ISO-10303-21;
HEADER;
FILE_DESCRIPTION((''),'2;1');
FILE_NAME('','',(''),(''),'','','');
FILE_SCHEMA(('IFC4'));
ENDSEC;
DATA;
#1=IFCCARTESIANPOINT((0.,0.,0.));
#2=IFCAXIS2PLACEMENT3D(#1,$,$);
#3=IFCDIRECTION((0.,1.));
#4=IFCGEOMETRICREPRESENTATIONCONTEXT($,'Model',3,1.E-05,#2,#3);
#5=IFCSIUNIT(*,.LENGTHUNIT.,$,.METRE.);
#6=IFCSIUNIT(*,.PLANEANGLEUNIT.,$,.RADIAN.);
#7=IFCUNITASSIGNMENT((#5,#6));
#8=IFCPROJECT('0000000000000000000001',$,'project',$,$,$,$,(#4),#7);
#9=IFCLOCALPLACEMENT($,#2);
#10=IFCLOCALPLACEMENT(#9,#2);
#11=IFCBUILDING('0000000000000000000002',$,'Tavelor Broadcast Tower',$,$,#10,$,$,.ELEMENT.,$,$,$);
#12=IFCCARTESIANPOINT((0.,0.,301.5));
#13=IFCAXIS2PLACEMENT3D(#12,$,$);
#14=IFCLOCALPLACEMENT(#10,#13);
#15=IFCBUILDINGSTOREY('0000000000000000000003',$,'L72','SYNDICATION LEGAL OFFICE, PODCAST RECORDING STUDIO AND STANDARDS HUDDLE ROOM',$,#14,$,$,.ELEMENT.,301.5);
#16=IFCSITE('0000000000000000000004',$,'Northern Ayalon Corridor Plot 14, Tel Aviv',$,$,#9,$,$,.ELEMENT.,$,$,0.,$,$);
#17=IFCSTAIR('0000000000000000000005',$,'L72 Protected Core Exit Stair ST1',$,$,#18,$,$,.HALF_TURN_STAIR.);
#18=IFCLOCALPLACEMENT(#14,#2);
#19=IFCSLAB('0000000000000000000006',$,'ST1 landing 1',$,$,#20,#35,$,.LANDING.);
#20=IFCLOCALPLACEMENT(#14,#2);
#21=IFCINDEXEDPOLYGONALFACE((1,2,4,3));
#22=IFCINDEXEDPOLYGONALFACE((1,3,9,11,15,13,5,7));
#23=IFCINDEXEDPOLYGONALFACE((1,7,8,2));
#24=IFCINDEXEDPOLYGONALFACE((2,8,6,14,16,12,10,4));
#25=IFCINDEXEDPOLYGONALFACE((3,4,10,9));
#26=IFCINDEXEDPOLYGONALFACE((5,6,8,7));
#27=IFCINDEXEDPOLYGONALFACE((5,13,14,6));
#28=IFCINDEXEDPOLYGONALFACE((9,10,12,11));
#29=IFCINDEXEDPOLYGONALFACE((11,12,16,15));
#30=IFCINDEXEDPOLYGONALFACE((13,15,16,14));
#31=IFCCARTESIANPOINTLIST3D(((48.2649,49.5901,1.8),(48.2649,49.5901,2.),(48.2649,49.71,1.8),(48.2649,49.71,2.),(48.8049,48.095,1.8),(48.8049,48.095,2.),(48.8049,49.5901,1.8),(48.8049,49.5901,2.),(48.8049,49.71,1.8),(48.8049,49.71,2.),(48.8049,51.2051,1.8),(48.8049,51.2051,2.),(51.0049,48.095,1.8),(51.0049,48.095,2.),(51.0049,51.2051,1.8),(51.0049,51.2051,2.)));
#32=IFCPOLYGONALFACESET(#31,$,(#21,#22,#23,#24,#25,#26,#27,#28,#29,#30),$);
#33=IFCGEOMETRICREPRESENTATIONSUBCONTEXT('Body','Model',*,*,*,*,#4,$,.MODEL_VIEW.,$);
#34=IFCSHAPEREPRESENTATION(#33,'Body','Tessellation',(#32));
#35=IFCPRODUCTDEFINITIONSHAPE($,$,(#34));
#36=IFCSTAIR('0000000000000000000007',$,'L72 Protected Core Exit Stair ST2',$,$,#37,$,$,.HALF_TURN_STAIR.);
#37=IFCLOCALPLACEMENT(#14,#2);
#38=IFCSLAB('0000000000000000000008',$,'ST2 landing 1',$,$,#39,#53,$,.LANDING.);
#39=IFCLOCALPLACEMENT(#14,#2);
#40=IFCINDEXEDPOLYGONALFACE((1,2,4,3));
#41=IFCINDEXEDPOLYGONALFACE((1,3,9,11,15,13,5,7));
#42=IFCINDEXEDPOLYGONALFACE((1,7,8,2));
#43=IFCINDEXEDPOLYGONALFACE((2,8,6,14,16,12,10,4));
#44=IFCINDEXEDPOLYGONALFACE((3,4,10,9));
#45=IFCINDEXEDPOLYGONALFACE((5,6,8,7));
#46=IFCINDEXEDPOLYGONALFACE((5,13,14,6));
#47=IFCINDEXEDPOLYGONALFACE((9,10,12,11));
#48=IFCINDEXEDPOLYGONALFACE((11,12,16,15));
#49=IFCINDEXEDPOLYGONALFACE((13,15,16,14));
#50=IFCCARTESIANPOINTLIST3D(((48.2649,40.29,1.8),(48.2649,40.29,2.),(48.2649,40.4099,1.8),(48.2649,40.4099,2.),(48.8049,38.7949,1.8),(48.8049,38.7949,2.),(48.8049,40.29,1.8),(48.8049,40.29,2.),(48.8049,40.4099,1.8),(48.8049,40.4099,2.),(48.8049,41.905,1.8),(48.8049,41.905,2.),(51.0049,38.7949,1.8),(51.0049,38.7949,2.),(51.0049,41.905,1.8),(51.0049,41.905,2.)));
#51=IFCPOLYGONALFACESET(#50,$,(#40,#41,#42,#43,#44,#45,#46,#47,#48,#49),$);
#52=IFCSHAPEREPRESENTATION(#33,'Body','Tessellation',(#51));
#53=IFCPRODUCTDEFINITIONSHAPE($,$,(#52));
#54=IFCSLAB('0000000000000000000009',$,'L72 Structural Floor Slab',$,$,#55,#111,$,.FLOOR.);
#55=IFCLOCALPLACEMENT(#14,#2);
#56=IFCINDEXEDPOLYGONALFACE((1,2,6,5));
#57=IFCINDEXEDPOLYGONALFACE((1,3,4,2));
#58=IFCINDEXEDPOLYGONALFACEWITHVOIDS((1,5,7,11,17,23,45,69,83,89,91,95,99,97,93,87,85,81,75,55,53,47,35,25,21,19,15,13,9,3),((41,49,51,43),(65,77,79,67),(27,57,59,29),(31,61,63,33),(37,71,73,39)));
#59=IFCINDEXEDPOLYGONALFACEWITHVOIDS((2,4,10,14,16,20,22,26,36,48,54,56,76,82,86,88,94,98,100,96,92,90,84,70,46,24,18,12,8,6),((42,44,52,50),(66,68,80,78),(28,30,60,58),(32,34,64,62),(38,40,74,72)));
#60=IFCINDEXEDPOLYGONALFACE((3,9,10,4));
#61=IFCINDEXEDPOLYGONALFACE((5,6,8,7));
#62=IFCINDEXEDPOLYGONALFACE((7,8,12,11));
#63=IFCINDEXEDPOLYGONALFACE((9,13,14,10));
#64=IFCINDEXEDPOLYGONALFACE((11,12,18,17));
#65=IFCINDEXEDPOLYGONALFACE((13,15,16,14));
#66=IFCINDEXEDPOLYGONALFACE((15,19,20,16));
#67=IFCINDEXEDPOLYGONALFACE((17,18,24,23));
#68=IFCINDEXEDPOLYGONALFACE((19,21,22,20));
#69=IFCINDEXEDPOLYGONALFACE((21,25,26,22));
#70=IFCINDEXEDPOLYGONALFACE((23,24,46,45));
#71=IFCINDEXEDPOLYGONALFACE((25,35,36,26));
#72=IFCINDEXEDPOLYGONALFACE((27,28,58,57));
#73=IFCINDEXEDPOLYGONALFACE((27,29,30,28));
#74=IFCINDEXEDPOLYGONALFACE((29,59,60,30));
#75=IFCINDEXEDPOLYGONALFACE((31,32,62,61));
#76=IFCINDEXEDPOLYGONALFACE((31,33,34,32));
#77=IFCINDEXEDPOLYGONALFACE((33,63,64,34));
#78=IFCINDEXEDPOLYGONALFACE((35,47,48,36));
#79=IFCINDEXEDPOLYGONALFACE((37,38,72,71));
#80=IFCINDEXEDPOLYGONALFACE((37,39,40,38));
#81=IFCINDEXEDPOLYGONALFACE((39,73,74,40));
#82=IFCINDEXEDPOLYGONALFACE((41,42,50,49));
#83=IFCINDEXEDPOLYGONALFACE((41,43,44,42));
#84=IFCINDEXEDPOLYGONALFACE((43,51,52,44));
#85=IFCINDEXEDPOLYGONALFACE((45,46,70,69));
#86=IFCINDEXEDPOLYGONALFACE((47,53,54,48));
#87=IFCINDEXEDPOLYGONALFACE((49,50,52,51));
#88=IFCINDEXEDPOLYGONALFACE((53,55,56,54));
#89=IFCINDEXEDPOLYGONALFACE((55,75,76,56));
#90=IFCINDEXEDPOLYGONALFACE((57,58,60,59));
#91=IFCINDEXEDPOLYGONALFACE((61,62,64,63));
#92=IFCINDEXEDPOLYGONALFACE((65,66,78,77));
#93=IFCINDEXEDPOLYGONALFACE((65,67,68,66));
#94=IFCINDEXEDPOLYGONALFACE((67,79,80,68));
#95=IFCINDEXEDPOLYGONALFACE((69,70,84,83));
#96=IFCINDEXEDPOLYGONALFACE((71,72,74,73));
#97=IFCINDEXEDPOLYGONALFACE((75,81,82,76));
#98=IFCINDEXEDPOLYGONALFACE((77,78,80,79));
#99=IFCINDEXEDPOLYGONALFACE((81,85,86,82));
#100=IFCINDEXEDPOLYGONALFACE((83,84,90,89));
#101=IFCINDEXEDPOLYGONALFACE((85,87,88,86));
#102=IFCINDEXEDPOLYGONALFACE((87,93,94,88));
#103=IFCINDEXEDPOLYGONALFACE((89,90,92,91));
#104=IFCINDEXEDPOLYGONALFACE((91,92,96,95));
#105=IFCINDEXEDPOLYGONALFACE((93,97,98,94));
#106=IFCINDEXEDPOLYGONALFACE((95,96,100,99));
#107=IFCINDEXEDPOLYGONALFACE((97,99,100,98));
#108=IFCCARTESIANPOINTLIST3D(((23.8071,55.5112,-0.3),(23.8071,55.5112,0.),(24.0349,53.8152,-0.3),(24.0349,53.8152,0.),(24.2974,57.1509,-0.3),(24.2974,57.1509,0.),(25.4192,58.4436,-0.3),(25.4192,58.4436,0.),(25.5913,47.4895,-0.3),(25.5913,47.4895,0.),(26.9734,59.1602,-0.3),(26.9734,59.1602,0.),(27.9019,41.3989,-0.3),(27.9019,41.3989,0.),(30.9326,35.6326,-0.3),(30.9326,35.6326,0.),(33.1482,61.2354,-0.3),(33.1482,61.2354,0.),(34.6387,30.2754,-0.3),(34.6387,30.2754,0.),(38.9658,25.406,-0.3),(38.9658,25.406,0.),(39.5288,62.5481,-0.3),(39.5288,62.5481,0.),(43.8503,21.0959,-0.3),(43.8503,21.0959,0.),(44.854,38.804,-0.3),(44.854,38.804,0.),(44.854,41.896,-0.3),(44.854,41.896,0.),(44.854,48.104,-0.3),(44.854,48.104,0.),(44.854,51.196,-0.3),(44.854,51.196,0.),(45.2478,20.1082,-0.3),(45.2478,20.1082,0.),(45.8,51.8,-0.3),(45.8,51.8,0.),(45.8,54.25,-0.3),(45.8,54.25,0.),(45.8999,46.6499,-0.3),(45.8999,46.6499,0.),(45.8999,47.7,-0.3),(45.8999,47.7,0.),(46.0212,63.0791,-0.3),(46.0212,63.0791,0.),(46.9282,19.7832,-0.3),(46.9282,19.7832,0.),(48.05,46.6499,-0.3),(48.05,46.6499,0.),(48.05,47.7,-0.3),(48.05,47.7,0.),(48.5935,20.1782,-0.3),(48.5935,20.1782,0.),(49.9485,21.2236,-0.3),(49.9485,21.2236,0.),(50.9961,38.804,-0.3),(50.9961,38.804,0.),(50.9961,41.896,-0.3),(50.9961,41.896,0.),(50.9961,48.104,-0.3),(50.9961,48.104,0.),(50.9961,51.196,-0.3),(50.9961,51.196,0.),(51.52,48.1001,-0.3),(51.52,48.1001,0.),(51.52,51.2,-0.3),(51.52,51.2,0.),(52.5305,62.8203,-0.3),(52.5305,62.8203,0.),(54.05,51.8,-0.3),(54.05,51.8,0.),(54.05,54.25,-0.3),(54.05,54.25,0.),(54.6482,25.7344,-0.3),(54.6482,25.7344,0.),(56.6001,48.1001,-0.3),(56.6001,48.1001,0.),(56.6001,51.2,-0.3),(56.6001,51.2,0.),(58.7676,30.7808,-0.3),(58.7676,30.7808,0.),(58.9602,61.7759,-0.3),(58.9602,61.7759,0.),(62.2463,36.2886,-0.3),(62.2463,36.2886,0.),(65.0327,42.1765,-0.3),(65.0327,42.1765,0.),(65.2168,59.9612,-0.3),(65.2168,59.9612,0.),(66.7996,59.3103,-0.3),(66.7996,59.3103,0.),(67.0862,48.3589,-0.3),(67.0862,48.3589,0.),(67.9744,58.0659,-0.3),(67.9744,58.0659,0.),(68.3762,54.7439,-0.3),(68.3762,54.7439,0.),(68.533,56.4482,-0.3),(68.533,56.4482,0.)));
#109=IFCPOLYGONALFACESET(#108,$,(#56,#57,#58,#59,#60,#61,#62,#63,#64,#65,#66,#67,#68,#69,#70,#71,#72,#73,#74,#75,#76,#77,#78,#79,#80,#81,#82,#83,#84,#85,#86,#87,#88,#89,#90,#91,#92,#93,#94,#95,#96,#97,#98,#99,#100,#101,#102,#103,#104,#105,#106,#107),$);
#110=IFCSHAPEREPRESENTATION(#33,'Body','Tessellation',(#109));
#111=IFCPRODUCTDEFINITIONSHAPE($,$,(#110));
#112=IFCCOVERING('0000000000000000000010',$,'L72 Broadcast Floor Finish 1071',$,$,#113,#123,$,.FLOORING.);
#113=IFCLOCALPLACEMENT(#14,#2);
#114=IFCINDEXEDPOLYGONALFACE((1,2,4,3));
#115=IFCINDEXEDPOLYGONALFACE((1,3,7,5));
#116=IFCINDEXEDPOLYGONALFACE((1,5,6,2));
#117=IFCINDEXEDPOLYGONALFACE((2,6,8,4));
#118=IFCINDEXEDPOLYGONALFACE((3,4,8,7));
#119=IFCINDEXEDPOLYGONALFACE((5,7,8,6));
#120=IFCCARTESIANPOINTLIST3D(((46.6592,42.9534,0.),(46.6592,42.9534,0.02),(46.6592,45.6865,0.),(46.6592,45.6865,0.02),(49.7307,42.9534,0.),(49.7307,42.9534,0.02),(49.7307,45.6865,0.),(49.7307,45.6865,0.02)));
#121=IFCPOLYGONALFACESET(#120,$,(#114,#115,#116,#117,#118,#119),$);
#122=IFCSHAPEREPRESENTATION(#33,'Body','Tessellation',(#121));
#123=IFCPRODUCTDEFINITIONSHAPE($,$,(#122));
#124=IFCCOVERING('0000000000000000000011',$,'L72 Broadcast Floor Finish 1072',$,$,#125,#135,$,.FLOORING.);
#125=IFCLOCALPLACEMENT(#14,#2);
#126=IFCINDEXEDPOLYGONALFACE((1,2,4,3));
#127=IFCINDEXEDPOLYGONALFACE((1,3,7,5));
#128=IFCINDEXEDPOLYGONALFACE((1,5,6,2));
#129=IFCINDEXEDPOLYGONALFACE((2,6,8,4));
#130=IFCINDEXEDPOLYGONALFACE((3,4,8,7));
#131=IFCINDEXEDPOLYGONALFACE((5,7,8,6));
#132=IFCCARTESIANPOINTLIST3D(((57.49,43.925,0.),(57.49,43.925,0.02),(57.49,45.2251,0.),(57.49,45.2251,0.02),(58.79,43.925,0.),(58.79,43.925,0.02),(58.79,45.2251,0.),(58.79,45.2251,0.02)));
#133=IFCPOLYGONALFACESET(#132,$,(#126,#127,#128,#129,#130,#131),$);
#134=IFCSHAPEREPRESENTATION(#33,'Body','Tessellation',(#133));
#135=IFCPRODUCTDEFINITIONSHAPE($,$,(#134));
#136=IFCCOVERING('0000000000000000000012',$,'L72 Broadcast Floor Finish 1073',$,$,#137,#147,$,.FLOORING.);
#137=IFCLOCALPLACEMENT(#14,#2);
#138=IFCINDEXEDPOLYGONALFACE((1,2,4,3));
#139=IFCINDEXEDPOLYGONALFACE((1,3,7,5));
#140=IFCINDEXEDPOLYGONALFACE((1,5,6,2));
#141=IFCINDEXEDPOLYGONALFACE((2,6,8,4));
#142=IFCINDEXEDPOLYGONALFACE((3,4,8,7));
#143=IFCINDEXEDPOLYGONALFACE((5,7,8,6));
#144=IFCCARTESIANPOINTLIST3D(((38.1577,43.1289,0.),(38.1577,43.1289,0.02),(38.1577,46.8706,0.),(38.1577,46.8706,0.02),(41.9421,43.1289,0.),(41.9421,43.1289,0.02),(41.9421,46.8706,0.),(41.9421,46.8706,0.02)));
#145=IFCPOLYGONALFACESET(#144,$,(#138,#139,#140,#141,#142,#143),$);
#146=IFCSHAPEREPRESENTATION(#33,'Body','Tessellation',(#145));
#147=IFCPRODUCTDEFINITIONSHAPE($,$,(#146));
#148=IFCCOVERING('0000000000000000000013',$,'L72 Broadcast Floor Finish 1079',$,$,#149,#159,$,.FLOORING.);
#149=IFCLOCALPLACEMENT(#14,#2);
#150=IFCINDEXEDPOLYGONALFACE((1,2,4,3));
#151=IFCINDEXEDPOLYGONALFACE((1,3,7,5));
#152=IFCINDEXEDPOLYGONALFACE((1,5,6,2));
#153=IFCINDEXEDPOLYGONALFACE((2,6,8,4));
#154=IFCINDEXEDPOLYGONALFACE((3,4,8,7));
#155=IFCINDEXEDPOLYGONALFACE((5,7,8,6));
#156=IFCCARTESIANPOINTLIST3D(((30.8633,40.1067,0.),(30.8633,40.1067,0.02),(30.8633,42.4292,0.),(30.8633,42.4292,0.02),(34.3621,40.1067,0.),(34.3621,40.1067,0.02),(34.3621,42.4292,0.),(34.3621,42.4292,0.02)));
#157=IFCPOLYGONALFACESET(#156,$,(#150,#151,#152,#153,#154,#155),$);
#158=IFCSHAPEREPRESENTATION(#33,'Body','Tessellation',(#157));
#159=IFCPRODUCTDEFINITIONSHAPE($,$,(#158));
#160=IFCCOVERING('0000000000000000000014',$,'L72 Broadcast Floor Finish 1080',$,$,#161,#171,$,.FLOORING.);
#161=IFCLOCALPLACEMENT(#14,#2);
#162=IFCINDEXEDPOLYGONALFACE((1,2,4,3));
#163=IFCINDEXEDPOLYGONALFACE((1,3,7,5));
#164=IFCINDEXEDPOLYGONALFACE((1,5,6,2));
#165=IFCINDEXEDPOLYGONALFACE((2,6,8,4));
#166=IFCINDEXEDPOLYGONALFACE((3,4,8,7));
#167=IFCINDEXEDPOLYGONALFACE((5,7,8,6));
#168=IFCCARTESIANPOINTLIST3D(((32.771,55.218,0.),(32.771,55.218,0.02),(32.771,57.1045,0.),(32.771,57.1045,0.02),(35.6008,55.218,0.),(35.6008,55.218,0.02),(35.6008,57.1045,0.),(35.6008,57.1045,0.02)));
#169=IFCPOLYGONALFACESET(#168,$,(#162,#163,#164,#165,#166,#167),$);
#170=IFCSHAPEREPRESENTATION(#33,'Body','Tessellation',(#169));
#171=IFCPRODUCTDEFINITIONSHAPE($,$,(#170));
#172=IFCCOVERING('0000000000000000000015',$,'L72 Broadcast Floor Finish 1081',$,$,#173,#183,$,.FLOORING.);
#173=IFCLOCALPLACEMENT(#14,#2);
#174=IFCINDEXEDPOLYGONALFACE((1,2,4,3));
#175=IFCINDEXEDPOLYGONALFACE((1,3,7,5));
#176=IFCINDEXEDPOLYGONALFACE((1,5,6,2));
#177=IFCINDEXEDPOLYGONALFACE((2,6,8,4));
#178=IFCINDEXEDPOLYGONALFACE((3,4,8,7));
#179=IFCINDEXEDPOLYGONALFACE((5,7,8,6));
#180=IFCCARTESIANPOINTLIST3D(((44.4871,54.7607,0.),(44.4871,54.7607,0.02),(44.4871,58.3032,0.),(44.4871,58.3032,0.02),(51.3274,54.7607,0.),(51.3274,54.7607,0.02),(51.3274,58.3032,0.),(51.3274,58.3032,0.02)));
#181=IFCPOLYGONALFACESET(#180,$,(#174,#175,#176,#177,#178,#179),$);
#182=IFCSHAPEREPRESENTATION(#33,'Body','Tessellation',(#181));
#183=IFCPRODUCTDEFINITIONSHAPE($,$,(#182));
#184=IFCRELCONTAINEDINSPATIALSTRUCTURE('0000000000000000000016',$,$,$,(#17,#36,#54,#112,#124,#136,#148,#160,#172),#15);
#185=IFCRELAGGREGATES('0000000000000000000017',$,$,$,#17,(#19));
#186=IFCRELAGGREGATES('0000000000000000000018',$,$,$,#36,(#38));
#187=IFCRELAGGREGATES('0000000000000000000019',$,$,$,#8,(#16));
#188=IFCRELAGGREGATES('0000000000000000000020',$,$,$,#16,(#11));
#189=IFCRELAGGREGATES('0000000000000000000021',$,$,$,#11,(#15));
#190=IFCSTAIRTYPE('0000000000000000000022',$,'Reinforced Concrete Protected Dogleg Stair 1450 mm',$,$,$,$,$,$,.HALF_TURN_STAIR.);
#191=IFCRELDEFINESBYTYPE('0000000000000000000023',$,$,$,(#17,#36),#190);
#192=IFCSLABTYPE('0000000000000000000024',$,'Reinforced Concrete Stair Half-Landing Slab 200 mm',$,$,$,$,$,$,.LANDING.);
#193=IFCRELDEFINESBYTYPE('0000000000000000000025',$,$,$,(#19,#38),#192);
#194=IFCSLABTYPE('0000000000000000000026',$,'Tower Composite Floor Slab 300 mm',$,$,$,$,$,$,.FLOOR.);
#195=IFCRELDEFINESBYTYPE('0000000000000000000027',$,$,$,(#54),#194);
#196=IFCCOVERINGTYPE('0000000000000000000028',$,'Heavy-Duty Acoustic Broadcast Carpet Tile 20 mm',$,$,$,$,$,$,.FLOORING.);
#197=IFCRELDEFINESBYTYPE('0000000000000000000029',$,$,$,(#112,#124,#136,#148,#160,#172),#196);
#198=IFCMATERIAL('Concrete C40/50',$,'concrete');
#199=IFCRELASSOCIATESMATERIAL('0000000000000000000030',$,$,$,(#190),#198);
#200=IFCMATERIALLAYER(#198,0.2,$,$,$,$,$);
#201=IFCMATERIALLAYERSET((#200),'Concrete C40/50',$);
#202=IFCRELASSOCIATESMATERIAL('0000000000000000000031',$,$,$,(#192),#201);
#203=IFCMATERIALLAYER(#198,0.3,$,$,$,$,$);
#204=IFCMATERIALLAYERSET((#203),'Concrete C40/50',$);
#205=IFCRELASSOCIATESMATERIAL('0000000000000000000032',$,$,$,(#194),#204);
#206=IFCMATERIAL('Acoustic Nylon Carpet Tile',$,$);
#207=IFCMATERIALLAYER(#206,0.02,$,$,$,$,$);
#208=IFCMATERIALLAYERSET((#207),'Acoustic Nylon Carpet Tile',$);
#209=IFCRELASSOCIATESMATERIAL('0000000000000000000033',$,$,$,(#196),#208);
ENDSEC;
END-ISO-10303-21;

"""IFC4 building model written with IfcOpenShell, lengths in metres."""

from ifc_helpers import new_model, si_unit, direction, frame, origin, place, context, subcontext, project, spatial, polyline, outline, extrude, material, layer, layer_set, type_object, element, aggregate, save


model = new_model("IFC4")

# Units and contexts
model_context = context("Model", 3, precision=1e-05, world=origin(), true_north=direction((0.0, 1.0)))
body_context = subcontext(model_context, "Body", "Model", "MODEL_VIEW")
ifc_project = project(units=[si_unit("LENGTHUNIT", "METRE"), si_unit("PLANEANGLEUNIT", "RADIAN")], contexts=[model_context])

# Site, building, storey
site_placement = place(None, origin())
site = spatial("IfcSite", under=ifc_project, at=site_placement, Name="Northern Ayalon Corridor Plot 14, Tel Aviv", CompositionType="ELEMENT", RefElevation=0.0)
building_placement = place(site_placement, origin())
building = spatial("IfcBuilding", under=site, at=building_placement, Name="Tavelor Broadcast Tower", CompositionType="ELEMENT")
storey_placement = place(building_placement, frame((0.0, 0.0, 301.5)))
storey = spatial("IfcBuildingStorey", under=building, at=storey_placement, Name="L72", Description="SYNDICATION LEGAL OFFICE, PODCAST RECORDING STUDIO AND STANDARDS HUDDLE ROOM", CompositionType="ELEMENT", Elevation=301.5)

# Stairs, slabs
ifc_material_1 = material(Name="Concrete C40/50", Category="concrete")
stair_type = type_object("IfcStairType", Name="Reinforced Concrete Protected Dogleg Stair 1450 mm", PredefinedType="HALF_TURN_STAIR", material=ifc_material_1)
stair_1_placement = place(storey_placement, origin())
stair_1 = element("IfcStair", 1, at=stair_1_placement, inside=storey, type_object=stair_type, Name="L72 Protected Core Exit Stair ST1", PredefinedType="HALF_TURN_STAIR")
ifc_layer_1 = layer(ifc_material_1, 0.2)
ifc_layer_set_1 = layer_set([ifc_layer_1], Name="Concrete C40/50")
slab_type_1 = type_object("IfcSlabType", Name="Reinforced Concrete Stair Half-Landing Slab 200 mm", PredefinedType="LANDING", material=ifc_layer_set_1)
slab_1_placement = place(storey_placement, frame((0.0, 0.0, 1.8)))
slab_1 = element("IfcSlab", 2, at=slab_1_placement, type_object=slab_type_1, Name="ST1 landing 1", PredefinedType="LANDING", context=body_context, shape_type="SweptSolid", body=[
    extrude(outline(polyline([(48.8049, 49.5901), (48.8049, 48.095), (51.0049, 48.095), (51.0049, 51.2051), (48.8049, 51.2051), (48.8049, 49.71), (48.2649, 49.71), (48.2649, 49.5901), (48.8049, 49.5901)])), origin(), (0.0, 0.0, 1.0), 0.2),
])
aggregate(stair_1, [slab_1])
stair_2_placement = place(storey_placement, origin())
stair_2 = element("IfcStair", 3, at=stair_2_placement, inside=storey, type_object=stair_type, Name="L72 Protected Core Exit Stair ST2", PredefinedType="HALF_TURN_STAIR")
slab_2_placement = place(storey_placement, frame((0.0, 0.0, 1.8)))
slab_2 = element("IfcSlab", 4, at=slab_2_placement, type_object=slab_type_1, Name="ST2 landing 1", PredefinedType="LANDING", context=body_context, shape_type="SweptSolid", body=[
    extrude(outline(polyline([(48.8049, 40.29), (48.8049, 38.7949), (51.0049, 38.7949), (51.0049, 41.905), (48.8049, 41.905), (48.8049, 40.4099), (48.2649, 40.4099), (48.2649, 40.29), (48.8049, 40.29)])), origin(), (0.0, 0.0, 1.0), 0.2),
])
aggregate(stair_2, [slab_2])

# Slab
ifc_layer_2 = layer(ifc_material_1, 0.3)
ifc_layer_set_2 = layer_set([ifc_layer_2], Name="Concrete C40/50")
slab_type_2 = type_object("IfcSlabType", Name="Tower Composite Floor Slab 300 mm", PredefinedType="FLOOR", material=ifc_layer_set_2)
slab_3_placement = place(storey_placement, frame((0.0, 0.0, -0.3)))
element("IfcSlab", 5, at=slab_3_placement, inside=storey, type_object=slab_type_2, Name="L72 Structural Floor Slab", PredefinedType="FLOOR", context=body_context, shape_type="SweptSolid", body=[
    extrude(outline(polyline([(26.9734, 59.1602), (25.4192, 58.4436), (24.2974, 57.1509), (23.8071, 55.5112), (24.0349, 53.8152), (25.5913, 47.4895), (27.9019, 41.3989), (30.9326, 35.6326), (34.6387, 30.2754), (38.9658, 25.406), (43.8503, 21.0959), (45.2478, 20.1082), (46.9282, 19.7832), (48.5935, 20.1782), (49.9485, 21.2236), (54.6482, 25.7344), (58.7676, 30.7808), (62.2463, 36.2886), (65.0327, 42.1765), (67.0862, 48.3589), (68.3762, 54.7439), (68.533, 56.4482), (67.9744, 58.0659), (66.7996, 59.3103), (65.2168, 59.9612), (58.9602, 61.7759), (52.5305, 62.8203), (46.0212, 63.0791), (39.5288, 62.5481), (33.1482, 61.2354), (26.9734, 59.1602)]), holes=[polyline([(50.9961, 41.896), (50.9961, 38.804), (44.854, 38.804), (44.854, 41.896), (50.9961, 41.896)]), polyline([(48.05, 47.7), (48.05, 46.6499), (45.8999, 46.6499), (45.8999, 47.7), (48.05, 47.7)]), polyline([(50.9961, 51.196), (50.9961, 48.104), (44.854, 48.104), (44.854, 51.196), (50.9961, 51.196)]), polyline([(56.6001, 48.1001), (51.52, 48.1001), (51.52, 51.2), (56.6001, 51.2), (56.6001, 48.1001)]), polyline([(54.05, 51.8), (45.8, 51.8), (45.8, 54.25), (54.05, 54.25), (54.05, 51.8)])]), origin(), (0.0, 0.0, 1.0), 0.3),
])

# Coverings
ifc_material_2 = material(Name="Acoustic Nylon Carpet Tile")
ifc_layer_3 = layer(ifc_material_2, 0.02)
ifc_layer_set_3 = layer_set([ifc_layer_3], Name="Acoustic Nylon Carpet Tile")
covering_type_1 = type_object("IfcCoveringType", Name="Heavy-Duty Acoustic Broadcast Carpet Tile 20 mm", PredefinedType="FLOORING", material=ifc_layer_set_3)
covering_1_placement = place(storey_placement, origin())
element("IfcCovering", 6, at=covering_1_placement, inside=storey, type_object=covering_type_1, Name="L72 Broadcast Floor Finish 1071", PredefinedType="FLOORING", context=body_context, shape_type="SweptSolid", body=[
    extrude(outline(polyline([(46.6592, 42.9534), (49.7307, 42.9534), (49.7307, 45.6865), (46.6592, 45.6865), (46.6592, 42.9534)])), origin(), (0.0, 0.0, 1.0), 0.02),
])
covering_2_placement = place(storey_placement, origin())
element("IfcCovering", 7, at=covering_2_placement, inside=storey, type_object=covering_type_1, Name="L72 Broadcast Floor Finish 1072", PredefinedType="FLOORING", context=body_context, shape_type="SweptSolid", body=[
    extrude(outline(polyline([(57.49, 43.925), (58.79, 43.925), (58.79, 45.2251), (57.49, 45.2251), (57.49, 43.925)])), origin(), (0.0, 0.0, 1.0), 0.02),
])
covering_3_placement = place(storey_placement, origin())
element("IfcCovering", 8, at=covering_3_placement, inside=storey, type_object=covering_type_1, Name="L72 Broadcast Floor Finish 1073", PredefinedType="FLOORING", context=body_context, shape_type="SweptSolid", body=[
    extrude(outline(polyline([(38.1577, 43.1289), (41.9421, 43.1289), (41.9421, 46.8706), (38.1577, 46.8706), (38.1577, 43.1289)])), origin(), (0.0, 0.0, 1.0), 0.02),
])
covering_4_placement = place(storey_placement, origin())
element("IfcCovering", 9, at=covering_4_placement, inside=storey, type_object=covering_type_1, Name="L72 Broadcast Floor Finish 1079", PredefinedType="FLOORING", context=body_context, shape_type="SweptSolid", body=[
    extrude(outline(polyline([(30.8633, 40.1067), (34.3621, 40.1067), (34.3621, 42.4292), (30.8633, 42.4292), (30.8633, 40.1067)])), origin(), (0.0, 0.0, 1.0), 0.02),
])
covering_5_placement = place(storey_placement, origin())
element("IfcCovering", 10, at=covering_5_placement, inside=storey, type_object=covering_type_1, Name="L72 Broadcast Floor Finish 1080", PredefinedType="FLOORING", context=body_context, shape_type="SweptSolid", body=[
    extrude(outline(polyline([(32.771, 55.218), (35.6008, 55.218), (35.6008, 57.1045), (32.771, 57.1045), (32.771, 55.218)])), origin(), (0.0, 0.0, 1.0), 0.02),
])
covering_6_placement = place(storey_placement, origin())
element("IfcCovering", 11, at=covering_6_placement, inside=storey, type_object=covering_type_1, Name="L72 Broadcast Floor Finish 1081", PredefinedType="FLOORING", context=body_context, shape_type="SweptSolid", body=[
    extrude(outline(polyline([(44.4871, 54.7607), (51.3274, 54.7607), (51.3274, 58.3032), (44.4871, 58.3032), (44.4871, 54.7607)])), origin(), (0.0, 0.0, 1.0), 0.02),
])

save(model, "model.ifc")
